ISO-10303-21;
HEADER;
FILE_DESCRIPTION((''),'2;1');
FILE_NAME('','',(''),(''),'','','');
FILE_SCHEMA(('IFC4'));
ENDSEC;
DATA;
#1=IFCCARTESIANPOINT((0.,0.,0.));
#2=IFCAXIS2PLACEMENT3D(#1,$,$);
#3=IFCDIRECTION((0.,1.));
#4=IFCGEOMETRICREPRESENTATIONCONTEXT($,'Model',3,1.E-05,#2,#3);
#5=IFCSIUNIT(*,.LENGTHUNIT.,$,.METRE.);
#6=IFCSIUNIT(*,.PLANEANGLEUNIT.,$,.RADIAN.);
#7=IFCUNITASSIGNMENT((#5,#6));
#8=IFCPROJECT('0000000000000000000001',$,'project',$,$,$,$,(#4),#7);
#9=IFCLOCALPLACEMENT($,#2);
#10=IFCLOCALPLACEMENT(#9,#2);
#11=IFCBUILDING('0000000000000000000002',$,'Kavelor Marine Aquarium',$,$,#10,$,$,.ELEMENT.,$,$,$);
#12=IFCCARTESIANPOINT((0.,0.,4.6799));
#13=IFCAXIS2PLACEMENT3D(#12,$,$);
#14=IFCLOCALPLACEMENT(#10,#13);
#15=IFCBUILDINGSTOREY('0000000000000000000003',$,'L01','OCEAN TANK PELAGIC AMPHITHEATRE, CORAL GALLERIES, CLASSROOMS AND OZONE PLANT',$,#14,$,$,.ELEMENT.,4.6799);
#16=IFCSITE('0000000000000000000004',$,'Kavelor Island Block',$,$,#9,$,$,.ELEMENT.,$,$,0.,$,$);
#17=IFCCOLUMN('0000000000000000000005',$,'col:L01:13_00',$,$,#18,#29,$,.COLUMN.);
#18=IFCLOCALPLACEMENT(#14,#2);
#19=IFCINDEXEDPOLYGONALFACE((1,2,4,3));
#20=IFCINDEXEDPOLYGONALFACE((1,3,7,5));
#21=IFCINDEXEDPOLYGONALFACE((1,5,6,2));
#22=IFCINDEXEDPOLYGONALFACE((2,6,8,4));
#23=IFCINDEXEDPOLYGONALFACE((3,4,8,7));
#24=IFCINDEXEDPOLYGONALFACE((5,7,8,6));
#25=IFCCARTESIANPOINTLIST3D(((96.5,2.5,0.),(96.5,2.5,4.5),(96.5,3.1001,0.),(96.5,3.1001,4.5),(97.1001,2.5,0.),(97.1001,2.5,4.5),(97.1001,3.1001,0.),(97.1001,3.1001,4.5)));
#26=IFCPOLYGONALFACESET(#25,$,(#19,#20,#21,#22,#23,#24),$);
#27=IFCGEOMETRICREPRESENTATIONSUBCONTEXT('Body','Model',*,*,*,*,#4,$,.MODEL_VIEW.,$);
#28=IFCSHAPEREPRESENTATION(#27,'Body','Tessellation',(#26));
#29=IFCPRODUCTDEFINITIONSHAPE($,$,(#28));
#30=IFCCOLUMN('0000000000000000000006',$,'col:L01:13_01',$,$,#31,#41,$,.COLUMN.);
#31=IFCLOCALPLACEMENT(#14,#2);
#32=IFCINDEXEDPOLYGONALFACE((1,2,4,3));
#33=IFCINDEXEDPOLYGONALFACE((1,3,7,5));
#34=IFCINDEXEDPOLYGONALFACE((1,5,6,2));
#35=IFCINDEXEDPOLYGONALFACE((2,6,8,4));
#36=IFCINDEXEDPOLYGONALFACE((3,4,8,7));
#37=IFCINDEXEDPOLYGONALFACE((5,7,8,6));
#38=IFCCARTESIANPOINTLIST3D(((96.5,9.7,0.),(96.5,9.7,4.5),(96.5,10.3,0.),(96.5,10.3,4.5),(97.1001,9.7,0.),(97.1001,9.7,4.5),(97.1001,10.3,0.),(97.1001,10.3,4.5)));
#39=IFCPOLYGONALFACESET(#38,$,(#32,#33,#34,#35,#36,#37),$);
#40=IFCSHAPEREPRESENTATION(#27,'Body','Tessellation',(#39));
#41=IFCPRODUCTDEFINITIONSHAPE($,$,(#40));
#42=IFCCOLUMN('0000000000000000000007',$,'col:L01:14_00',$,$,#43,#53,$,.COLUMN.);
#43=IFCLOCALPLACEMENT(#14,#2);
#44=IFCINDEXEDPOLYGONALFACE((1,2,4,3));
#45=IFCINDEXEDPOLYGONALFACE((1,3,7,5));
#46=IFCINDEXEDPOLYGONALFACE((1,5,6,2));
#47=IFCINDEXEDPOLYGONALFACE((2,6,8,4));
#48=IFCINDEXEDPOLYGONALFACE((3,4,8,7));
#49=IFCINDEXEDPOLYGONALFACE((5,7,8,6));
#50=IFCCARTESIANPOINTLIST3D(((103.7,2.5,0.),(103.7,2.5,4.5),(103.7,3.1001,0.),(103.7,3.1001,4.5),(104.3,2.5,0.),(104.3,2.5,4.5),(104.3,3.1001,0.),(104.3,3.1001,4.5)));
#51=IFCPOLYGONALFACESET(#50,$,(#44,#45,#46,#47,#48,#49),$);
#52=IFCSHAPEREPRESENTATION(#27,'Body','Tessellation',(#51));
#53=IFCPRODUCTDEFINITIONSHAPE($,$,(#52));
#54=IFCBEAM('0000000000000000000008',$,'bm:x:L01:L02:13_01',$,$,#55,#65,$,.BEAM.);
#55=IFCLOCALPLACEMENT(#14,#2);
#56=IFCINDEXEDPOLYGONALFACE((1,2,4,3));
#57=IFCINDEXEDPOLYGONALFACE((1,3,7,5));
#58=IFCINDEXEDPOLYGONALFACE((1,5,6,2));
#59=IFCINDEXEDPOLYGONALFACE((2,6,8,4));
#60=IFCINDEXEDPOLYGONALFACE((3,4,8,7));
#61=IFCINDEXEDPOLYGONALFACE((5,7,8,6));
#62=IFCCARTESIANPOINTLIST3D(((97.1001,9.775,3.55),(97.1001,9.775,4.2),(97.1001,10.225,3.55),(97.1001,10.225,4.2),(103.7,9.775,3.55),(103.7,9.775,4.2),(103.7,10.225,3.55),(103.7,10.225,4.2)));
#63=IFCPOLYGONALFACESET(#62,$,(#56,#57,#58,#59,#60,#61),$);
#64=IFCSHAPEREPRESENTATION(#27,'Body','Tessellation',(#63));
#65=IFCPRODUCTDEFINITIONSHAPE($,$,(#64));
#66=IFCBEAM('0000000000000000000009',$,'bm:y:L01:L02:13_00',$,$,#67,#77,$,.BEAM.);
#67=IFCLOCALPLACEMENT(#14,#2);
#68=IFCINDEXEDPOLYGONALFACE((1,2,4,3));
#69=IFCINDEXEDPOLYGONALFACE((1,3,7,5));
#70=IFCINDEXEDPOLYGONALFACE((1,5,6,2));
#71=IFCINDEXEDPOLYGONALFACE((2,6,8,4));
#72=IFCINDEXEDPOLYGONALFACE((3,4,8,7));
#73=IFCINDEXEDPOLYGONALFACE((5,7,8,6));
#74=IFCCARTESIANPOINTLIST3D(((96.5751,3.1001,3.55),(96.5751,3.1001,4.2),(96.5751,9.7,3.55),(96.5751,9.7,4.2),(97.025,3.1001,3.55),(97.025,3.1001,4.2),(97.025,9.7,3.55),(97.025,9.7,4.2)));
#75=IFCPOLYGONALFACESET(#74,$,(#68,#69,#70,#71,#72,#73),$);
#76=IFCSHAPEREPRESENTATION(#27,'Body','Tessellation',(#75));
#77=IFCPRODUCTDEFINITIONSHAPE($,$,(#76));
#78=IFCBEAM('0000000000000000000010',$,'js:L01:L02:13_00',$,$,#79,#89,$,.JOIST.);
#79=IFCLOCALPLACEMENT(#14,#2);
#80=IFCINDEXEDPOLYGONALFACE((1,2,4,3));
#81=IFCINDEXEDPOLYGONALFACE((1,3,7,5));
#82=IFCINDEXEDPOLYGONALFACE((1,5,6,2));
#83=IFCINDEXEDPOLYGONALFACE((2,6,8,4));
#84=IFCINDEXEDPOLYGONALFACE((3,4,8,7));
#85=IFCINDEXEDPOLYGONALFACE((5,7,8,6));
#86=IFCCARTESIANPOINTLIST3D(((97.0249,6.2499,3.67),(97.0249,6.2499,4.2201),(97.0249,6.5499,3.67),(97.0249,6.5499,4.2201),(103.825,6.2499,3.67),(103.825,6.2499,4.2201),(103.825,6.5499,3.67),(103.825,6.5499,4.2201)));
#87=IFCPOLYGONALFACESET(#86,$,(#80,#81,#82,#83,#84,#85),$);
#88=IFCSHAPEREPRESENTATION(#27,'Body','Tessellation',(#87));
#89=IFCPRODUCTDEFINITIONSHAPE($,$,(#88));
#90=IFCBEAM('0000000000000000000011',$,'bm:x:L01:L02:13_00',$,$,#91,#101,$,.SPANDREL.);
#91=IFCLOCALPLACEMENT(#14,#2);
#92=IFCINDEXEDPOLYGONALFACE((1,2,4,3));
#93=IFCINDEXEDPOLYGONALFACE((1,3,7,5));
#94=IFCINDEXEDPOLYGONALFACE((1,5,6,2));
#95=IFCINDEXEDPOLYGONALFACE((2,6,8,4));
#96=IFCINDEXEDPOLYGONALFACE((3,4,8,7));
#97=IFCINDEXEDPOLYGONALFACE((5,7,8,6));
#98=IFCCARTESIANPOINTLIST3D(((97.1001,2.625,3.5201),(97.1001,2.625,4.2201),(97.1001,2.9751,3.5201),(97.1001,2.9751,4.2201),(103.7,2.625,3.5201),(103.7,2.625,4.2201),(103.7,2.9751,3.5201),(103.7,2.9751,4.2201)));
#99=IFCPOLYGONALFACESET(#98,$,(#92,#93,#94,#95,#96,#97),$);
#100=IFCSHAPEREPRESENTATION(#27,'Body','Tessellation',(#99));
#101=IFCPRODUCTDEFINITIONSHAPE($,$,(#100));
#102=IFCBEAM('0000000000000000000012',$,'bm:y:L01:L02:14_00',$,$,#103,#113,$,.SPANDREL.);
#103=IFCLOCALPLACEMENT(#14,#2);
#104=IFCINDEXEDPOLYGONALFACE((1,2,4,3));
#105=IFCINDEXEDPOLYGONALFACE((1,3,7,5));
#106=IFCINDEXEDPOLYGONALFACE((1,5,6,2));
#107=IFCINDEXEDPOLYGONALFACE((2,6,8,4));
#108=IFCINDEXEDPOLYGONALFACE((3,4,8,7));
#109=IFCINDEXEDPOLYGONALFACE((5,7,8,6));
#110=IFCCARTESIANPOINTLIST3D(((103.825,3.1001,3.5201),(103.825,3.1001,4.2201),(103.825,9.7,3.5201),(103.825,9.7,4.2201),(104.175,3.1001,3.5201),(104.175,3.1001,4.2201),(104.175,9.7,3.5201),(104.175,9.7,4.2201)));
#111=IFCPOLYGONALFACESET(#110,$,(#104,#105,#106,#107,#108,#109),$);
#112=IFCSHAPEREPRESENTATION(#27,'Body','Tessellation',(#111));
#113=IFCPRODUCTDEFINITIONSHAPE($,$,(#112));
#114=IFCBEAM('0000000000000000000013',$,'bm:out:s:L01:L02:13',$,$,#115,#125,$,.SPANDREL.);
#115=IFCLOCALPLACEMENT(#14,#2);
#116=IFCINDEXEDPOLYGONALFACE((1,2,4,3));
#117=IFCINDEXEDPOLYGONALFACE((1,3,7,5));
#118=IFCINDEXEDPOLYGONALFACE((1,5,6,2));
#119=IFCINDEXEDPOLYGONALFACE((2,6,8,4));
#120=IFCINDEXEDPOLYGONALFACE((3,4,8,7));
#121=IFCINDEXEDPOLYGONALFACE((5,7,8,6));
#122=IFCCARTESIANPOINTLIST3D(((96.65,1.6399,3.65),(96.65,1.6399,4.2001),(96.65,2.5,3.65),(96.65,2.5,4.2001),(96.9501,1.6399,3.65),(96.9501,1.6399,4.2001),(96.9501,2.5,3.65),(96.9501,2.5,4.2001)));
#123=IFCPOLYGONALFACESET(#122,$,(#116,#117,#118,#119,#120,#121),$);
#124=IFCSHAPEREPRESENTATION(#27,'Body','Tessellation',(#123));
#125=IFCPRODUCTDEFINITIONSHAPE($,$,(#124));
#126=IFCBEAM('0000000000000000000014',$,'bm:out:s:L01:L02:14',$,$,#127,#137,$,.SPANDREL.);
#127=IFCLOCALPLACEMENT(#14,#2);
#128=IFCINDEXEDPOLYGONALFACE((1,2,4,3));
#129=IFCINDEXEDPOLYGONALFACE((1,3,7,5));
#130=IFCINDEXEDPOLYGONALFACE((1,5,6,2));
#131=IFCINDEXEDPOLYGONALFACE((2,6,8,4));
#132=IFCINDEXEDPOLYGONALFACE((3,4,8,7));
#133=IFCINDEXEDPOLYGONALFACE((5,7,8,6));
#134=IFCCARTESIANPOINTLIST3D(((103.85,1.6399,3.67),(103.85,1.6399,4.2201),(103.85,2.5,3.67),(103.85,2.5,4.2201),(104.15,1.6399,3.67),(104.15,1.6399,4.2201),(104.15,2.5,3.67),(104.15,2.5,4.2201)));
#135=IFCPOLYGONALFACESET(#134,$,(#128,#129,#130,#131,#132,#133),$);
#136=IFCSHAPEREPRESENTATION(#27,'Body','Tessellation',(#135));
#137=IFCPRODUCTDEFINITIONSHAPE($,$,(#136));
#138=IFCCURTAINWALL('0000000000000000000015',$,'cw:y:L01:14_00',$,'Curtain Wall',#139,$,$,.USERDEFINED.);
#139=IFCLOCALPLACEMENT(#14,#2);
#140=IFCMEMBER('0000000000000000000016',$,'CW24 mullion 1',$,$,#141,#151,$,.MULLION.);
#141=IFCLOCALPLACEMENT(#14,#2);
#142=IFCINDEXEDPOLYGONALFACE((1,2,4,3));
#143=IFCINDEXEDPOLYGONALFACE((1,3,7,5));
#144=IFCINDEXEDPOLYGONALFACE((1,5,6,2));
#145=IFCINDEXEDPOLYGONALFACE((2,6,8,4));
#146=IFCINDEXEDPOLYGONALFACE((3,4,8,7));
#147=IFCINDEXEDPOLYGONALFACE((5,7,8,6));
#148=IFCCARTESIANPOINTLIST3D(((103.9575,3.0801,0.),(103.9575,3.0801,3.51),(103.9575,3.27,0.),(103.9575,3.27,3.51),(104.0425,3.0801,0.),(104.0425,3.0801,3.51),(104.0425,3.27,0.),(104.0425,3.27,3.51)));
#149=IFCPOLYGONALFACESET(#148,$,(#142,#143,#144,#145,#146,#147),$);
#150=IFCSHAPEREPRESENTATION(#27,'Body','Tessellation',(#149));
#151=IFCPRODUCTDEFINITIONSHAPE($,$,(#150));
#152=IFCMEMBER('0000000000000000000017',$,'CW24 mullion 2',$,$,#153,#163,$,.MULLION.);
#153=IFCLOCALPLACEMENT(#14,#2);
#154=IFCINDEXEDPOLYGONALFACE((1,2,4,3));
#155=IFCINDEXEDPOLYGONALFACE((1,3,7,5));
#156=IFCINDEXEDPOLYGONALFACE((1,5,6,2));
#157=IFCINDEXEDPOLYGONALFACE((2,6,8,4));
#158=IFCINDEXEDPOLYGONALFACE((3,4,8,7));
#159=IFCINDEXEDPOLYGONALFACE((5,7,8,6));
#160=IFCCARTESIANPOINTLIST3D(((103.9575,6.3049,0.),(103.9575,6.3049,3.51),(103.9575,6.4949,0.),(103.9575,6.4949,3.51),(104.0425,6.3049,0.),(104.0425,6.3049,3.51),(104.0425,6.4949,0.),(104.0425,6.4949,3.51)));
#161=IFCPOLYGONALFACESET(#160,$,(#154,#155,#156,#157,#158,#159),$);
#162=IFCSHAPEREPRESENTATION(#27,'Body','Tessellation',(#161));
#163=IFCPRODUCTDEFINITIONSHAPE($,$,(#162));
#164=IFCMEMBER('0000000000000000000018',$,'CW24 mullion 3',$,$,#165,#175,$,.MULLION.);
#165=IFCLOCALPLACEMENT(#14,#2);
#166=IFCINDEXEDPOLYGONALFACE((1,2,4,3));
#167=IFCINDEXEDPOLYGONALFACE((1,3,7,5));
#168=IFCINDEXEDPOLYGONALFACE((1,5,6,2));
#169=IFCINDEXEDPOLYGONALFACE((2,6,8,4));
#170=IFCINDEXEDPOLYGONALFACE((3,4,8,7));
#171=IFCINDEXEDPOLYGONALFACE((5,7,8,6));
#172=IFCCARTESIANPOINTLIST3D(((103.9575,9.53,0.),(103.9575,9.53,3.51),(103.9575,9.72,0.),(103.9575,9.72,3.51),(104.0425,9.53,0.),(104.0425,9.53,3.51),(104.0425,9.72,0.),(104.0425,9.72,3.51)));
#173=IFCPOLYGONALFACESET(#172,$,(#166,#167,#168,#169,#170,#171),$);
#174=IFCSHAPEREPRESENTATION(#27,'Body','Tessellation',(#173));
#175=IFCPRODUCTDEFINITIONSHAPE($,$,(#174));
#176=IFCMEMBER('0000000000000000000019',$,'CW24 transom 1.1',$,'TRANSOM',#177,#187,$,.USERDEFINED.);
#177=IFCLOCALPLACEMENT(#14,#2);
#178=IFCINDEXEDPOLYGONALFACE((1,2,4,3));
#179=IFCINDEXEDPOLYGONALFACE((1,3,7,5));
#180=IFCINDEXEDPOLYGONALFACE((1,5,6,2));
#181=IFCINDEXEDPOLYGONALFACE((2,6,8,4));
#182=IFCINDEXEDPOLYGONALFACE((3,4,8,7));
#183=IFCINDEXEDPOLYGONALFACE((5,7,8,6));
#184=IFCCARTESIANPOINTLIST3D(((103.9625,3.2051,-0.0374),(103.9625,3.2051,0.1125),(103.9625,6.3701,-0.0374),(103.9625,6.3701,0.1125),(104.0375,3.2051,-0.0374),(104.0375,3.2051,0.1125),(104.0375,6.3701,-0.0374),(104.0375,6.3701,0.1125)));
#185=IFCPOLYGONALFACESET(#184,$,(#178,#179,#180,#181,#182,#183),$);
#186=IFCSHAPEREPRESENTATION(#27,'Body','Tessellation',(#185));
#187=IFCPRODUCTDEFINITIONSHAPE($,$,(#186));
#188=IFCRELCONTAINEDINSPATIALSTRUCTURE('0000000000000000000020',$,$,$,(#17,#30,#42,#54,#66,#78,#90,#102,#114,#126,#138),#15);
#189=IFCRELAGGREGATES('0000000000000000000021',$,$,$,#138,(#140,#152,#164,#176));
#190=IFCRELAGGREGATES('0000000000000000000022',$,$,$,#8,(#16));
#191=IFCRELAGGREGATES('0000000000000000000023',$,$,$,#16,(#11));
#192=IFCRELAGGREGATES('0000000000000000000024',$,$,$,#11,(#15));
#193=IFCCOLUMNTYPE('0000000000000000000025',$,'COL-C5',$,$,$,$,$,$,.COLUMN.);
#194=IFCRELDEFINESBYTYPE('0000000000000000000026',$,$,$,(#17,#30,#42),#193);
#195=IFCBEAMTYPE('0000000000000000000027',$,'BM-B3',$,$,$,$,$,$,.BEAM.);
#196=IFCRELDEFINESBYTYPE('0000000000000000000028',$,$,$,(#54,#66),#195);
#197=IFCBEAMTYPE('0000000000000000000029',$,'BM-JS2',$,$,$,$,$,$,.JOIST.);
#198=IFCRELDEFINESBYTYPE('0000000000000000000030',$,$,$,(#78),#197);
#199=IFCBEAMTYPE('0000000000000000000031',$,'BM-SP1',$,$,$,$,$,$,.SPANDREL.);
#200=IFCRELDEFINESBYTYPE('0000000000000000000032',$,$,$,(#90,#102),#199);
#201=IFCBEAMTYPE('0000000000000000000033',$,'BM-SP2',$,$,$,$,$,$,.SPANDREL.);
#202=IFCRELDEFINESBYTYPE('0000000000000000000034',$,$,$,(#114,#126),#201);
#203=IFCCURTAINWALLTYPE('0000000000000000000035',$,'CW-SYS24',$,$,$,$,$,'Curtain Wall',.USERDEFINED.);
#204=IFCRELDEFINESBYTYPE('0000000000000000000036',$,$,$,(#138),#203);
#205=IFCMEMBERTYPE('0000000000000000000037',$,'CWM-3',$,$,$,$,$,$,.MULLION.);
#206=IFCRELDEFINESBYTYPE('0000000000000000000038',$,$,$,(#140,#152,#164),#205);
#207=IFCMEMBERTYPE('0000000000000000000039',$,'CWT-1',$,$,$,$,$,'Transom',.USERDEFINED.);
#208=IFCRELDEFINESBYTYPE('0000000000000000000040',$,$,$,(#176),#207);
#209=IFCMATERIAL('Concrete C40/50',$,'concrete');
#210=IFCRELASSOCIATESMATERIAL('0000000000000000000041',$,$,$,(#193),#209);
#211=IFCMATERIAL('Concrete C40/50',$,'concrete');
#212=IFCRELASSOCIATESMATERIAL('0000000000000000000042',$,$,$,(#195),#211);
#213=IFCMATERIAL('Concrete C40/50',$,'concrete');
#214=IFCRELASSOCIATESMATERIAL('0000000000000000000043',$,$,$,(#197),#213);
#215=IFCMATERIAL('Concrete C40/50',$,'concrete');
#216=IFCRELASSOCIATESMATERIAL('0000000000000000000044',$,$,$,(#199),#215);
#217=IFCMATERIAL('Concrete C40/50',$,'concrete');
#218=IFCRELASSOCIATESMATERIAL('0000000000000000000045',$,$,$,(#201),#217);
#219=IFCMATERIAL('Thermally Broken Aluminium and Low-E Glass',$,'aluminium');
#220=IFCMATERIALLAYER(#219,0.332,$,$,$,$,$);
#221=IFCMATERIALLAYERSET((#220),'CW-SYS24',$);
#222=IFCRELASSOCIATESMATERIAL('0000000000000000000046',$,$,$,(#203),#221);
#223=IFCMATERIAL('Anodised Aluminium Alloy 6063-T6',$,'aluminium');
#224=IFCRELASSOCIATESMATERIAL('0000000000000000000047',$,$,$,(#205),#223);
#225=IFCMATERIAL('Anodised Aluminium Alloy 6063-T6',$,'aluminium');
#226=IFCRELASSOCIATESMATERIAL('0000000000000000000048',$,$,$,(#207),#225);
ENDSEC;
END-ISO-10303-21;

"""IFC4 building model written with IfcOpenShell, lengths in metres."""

from ifc_helpers import new_model, si_unit, direction, frame, origin, origin_2d, place, context, subcontext, project, spatial, rectangle, extrude, material, layer, layer_set, material_profile, profile_set, type_object, element, aggregate, save


model = new_model("IFC4")

# Units and contexts
model_context = context("Model", 3, precision=1e-05, world=origin(), true_north=direction((0.0, 1.0)))
body_context = subcontext(model_context, "Body", "Model", "MODEL_VIEW")
ifc_project = project(units=[si_unit("LENGTHUNIT", "METRE"), si_unit("PLANEANGLEUNIT", "RADIAN")], contexts=[model_context])

# Site, building, storey
site_placement = place(None, origin())
site = spatial("IfcSite", under=ifc_project, at=site_placement, Name="Kavelor Island Block", CompositionType="ELEMENT", RefElevation=0.0)
building_placement = place(site_placement, origin())
building = spatial("IfcBuilding", under=site, at=building_placement, Name="Kavelor Marine Aquarium", CompositionType="ELEMENT")
storey_placement = place(building_placement, frame((0.0, 0.0, 4.6799)))
storey = spatial("IfcBuildingStorey", under=building, at=storey_placement, Name="L01", Description="OCEAN TANK PELAGIC AMPHITHEATRE, CORAL GALLERIES, CLASSROOMS AND OZONE PLANT", CompositionType="ELEMENT", Elevation=4.6799)

# Columns
ifc_material_1 = material(Name="Concrete C40/50", Category="concrete")
ifc_material_profile_1 = material_profile(ifc_material_1, rectangle(XDim=0.6001, YDim=0.6001, at=origin_2d()), Name="RC-COL 600x600")
ifc_profile_set_1 = profile_set([ifc_material_profile_1], Name="Concrete C40/50")
column_type = type_object("IfcColumnType", Name="COL-C5", PredefinedType="COLUMN", material=ifc_profile_set_1)
for number, where, z_axis, x_axis, name in (
    (1, (96.8, 2.8, 0.0), (0.0, 0.0, 1.0), (1.0, 0.0, 0.0), "col:L01:13_00"),
    (2, (96.8, 10.0, 0.0), (0.0, 0.0, 1.0), (1.0, 0.0, 0.0), "col:L01:13_01"),
    (3, (104.0, 2.8, 0.0), (0.0, 0.0, 1.0), (1.0, 0.0, 0.0), "col:L01:14_00"),
):
    element("IfcColumn", number, at=place(storey_placement, frame(where, z_axis=z_axis, x_axis=x_axis)), inside=storey, type_object=column_type, Name=name, PredefinedType="COLUMN", context=body_context, shape_type="SweptSolid", body=[
        extrude(rectangle(XDim=0.6001, YDim=0.6001, at=origin_2d()), origin(), (0.0, 0.0, 1.0), 4.5),
    ])

# Beams
ifc_material_2 = material(Name="Concrete C40/50", Category="concrete")
ifc_material_profile_2 = material_profile(ifc_material_2, rectangle(XDim=0.45, YDim=0.6499, at=origin_2d()), Name="RC-BM 450x650")
ifc_profile_set_2 = profile_set([ifc_material_profile_2], Name="Concrete C40/50")
beam_type_1 = type_object("IfcBeamType", Name="BM-B3", PredefinedType="BEAM", material=ifc_profile_set_2)
for number, where, z_axis, x_axis, name in (
    (4, (97.1001, 10.0, 3.875), (1.0, 0.0, 0.0), (0.0, 1.0, 0.0), "bm:x:L01:L02:13_01"),
    (5, (96.8, 3.1001, 3.875), (0.0, 1.0, 0.0), (-1.0, 0.0, 0.0), "bm:y:L01:L02:13_00"),
):
    element("IfcBeam", number, at=place(storey_placement, frame(where, z_axis=z_axis, x_axis=x_axis)), inside=storey, type_object=beam_type_1, Name=name, PredefinedType="BEAM", context=body_context, shape_type="SweptSolid", body=[
        extrude(rectangle(XDim=0.45, YDim=0.6499, at=origin_2d()), origin(), (0.0, 0.0, 1.0), 6.5999),
    ])
ifc_material_3 = material(Name="Concrete C40/50", Category="concrete")
ifc_material_profile_3 = material_profile(ifc_material_3, rectangle(XDim=0.3, YDim=0.55, at=origin_2d()), Name="RC-JS 300x550")
ifc_profile_set_3 = profile_set([ifc_material_profile_3], Name="Concrete C40/50")
beam_type_2 = type_object("IfcBeamType", Name="BM-JS2", PredefinedType="JOIST", material=ifc_profile_set_3)
beam_placement = place(storey_placement, frame((97.0249, 6.3999, 3.9451), z_axis=(1.0, 0.0, 0.0), x_axis=(0.0, 1.0, 0.0)))
element("IfcBeam", 6, at=beam_placement, inside=storey, type_object=beam_type_2, Name="js:L01:L02:13_00", PredefinedType="JOIST", context=body_context, shape_type="SweptSolid", body=[
    extrude(rectangle(XDim=0.3, YDim=0.55, at=origin_2d()), origin(), (0.0, 0.0, 1.0), 6.8),
])
ifc_material_4 = material(Name="Concrete C40/50", Category="concrete")
ifc_material_profile_4 = material_profile(ifc_material_4, rectangle(XDim=0.3501, YDim=0.7, at=origin_2d()), Name="RC-SP 350x700")
ifc_profile_set_4 = profile_set([ifc_material_profile_4], Name="Concrete C40/50")
beam_type_3 = type_object("IfcBeamType", Name="BM-SP1", PredefinedType="SPANDREL", material=ifc_profile_set_4)
for number, where, z_axis, x_axis, name in (
    (7, (97.1001, 2.8, 3.8701), (1.0, 0.0, 0.0), (0.0, 1.0, 0.0), "bm:x:L01:L02:13_00"),
    (8, (104.0, 3.1001, 3.8701), (0.0, 1.0, 0.0), (-1.0, 0.0, 0.0), "bm:y:L01:L02:14_00"),
):
    element("IfcBeam", number, at=place(storey_placement, frame(where, z_axis=z_axis, x_axis=x_axis)), inside=storey, type_object=beam_type_3, Name=name, PredefinedType="SPANDREL", context=body_context, shape_type="SweptSolid", body=[
        extrude(rectangle(XDim=0.3501, YDim=0.7, at=origin_2d()), origin(), (0.0, 0.0, 1.0), 6.5999),
    ])
ifc_material_5 = material(Name="Concrete C40/50", Category="concrete")
ifc_material_profile_5 = material_profile(ifc_material_5, rectangle(XDim=0.3, YDim=0.55, at=origin_2d()), Name="RC-SP 300x550")
ifc_profile_set_5 = profile_set([ifc_material_profile_5], Name="Concrete C40/50")
beam_type_4 = type_object("IfcBeamType", Name="BM-SP2", PredefinedType="SPANDREL", material=ifc_profile_set_5)
for number, where, z_axis, x_axis, name in (
    (9, (96.8, 1.6399, 3.925), (0.0, 1.0, 0.0), (-1.0, 0.0, 0.0), "bm:out:s:L01:L02:13"),
    (10, (104.0, 1.6399, 3.9451), (0.0, 1.0, 0.0), (-1.0, 0.0, 0.0), "bm:out:s:L01:L02:14"),
):
    element("IfcBeam", number, at=place(storey_placement, frame(where, z_axis=z_axis, x_axis=x_axis)), inside=storey, type_object=beam_type_4, Name=name, PredefinedType="SPANDREL", context=body_context, shape_type="SweptSolid", body=[
        extrude(rectangle(XDim=0.3, YDim=0.55, at=origin_2d()), origin(), (0.0, 0.0, 1.0), 0.8601),
    ])

# Curtain wall, members
ifc_material_6 = material(Name="Thermally Broken Aluminium and Low-E Glass", Category="aluminium")
ifc_layer_1 = layer(ifc_material_6, 0.332)
ifc_layer_set_1 = layer_set([ifc_layer_1], Name="CW-SYS24")
curtain_wall_type = type_object("IfcCurtainWallType", Name="CW-SYS24", ElementType="Curtain Wall", PredefinedType="USERDEFINED", material=ifc_layer_set_1)
curtain_wall_placement = place(storey_placement, origin())
curtain_wall = element("IfcCurtainWall", 11, at=curtain_wall_placement, inside=storey, type_object=curtain_wall_type, Name="cw:y:L01:14_00", ObjectType="Curtain Wall", PredefinedType="USERDEFINED")
ifc_material_7 = material(Name="Anodised Aluminium Alloy 6063-T6", Category="aluminium")
ifc_material_profile_6 = material_profile(ifc_material_7, rectangle(XDim=0.085, YDim=0.1899, at=origin_2d()), Name="CW-MUL 85x190")
ifc_profile_set_6 = profile_set([ifc_material_profile_6], Name="Anodised Aluminium Alloy 6063-T6")
member_type_1 = type_object("IfcMemberType", Name="CWM-3", PredefinedType="MULLION", material=ifc_profile_set_6)
member_1_placement = place(storey_placement, frame((104.0, 3.175, 0.0), z_axis=(0.0, 0.0, 1.0), x_axis=(-1.0, 0.0, 0.0)))
member_1 = element("IfcMember", 12, at=member_1_placement, type_object=member_type_1, Name="CW24 mullion 1", PredefinedType="MULLION", context=body_context, shape_type="SweptSolid", body=[
    extrude(rectangle(XDim=0.085, YDim=0.1899, at=origin_2d()), origin(), (0.0, 0.0, 1.0), 3.51),
])
member_2_placement = place(storey_placement, frame((104.0, 6.3999, 0.0), z_axis=(0.0, 0.0, 1.0), x_axis=(-1.0, 0.0, 0.0)))
member_2 = element("IfcMember", 13, at=member_2_placement, type_object=member_type_1, Name="CW24 mullion 2", PredefinedType="MULLION", context=body_context, shape_type="SweptSolid", body=[
    extrude(rectangle(XDim=0.085, YDim=0.1899, at=origin_2d()), origin(), (0.0, 0.0, 1.0), 3.51),
])
member_3_placement = place(storey_placement, frame((104.0, 9.625, 0.0), z_axis=(0.0, 0.0, 1.0), x_axis=(-1.0, 0.0, 0.0)))
member_3 = element("IfcMember", 14, at=member_3_placement, type_object=member_type_1, Name="CW24 mullion 3", PredefinedType="MULLION", context=body_context, shape_type="SweptSolid", body=[
    extrude(rectangle(XDim=0.085, YDim=0.1899, at=origin_2d()), origin(), (0.0, 0.0, 1.0), 3.51),
])
ifc_material_8 = material(Name="Anodised Aluminium Alloy 6063-T6", Category="aluminium")
ifc_material_profile_7 = material_profile(ifc_material_8, rectangle(XDim=0.075, YDim=0.1499, at=origin_2d()), Name="CW-TRN 75x150")
ifc_profile_set_7 = profile_set([ifc_material_profile_7], Name="Anodised Aluminium Alloy 6063-T6")
member_type_2 = type_object("IfcMemberType", Name="CWT-1", ElementType="Transom", PredefinedType="USERDEFINED", material=ifc_profile_set_7)
member_4_placement = place(storey_placement, frame((104.0, 3.2051, 0.0376), z_axis=(0.0, 1.0, 0.0), x_axis=(-1.0, 0.0, 0.0)))
member_4 = element("IfcMember", 15, at=member_4_placement, type_object=member_type_2, Name="CW24 transom 1.1", ObjectType="TRANSOM", PredefinedType="USERDEFINED", context=body_context, shape_type="SweptSolid", body=[
    extrude(rectangle(XDim=0.075, YDim=0.1499, at=origin_2d()), origin(), (0.0, 0.0, 1.0), 3.165),
])
aggregate(curtain_wall, [member_1, member_2, member_3, member_4])

save(model, "model.ifc")
